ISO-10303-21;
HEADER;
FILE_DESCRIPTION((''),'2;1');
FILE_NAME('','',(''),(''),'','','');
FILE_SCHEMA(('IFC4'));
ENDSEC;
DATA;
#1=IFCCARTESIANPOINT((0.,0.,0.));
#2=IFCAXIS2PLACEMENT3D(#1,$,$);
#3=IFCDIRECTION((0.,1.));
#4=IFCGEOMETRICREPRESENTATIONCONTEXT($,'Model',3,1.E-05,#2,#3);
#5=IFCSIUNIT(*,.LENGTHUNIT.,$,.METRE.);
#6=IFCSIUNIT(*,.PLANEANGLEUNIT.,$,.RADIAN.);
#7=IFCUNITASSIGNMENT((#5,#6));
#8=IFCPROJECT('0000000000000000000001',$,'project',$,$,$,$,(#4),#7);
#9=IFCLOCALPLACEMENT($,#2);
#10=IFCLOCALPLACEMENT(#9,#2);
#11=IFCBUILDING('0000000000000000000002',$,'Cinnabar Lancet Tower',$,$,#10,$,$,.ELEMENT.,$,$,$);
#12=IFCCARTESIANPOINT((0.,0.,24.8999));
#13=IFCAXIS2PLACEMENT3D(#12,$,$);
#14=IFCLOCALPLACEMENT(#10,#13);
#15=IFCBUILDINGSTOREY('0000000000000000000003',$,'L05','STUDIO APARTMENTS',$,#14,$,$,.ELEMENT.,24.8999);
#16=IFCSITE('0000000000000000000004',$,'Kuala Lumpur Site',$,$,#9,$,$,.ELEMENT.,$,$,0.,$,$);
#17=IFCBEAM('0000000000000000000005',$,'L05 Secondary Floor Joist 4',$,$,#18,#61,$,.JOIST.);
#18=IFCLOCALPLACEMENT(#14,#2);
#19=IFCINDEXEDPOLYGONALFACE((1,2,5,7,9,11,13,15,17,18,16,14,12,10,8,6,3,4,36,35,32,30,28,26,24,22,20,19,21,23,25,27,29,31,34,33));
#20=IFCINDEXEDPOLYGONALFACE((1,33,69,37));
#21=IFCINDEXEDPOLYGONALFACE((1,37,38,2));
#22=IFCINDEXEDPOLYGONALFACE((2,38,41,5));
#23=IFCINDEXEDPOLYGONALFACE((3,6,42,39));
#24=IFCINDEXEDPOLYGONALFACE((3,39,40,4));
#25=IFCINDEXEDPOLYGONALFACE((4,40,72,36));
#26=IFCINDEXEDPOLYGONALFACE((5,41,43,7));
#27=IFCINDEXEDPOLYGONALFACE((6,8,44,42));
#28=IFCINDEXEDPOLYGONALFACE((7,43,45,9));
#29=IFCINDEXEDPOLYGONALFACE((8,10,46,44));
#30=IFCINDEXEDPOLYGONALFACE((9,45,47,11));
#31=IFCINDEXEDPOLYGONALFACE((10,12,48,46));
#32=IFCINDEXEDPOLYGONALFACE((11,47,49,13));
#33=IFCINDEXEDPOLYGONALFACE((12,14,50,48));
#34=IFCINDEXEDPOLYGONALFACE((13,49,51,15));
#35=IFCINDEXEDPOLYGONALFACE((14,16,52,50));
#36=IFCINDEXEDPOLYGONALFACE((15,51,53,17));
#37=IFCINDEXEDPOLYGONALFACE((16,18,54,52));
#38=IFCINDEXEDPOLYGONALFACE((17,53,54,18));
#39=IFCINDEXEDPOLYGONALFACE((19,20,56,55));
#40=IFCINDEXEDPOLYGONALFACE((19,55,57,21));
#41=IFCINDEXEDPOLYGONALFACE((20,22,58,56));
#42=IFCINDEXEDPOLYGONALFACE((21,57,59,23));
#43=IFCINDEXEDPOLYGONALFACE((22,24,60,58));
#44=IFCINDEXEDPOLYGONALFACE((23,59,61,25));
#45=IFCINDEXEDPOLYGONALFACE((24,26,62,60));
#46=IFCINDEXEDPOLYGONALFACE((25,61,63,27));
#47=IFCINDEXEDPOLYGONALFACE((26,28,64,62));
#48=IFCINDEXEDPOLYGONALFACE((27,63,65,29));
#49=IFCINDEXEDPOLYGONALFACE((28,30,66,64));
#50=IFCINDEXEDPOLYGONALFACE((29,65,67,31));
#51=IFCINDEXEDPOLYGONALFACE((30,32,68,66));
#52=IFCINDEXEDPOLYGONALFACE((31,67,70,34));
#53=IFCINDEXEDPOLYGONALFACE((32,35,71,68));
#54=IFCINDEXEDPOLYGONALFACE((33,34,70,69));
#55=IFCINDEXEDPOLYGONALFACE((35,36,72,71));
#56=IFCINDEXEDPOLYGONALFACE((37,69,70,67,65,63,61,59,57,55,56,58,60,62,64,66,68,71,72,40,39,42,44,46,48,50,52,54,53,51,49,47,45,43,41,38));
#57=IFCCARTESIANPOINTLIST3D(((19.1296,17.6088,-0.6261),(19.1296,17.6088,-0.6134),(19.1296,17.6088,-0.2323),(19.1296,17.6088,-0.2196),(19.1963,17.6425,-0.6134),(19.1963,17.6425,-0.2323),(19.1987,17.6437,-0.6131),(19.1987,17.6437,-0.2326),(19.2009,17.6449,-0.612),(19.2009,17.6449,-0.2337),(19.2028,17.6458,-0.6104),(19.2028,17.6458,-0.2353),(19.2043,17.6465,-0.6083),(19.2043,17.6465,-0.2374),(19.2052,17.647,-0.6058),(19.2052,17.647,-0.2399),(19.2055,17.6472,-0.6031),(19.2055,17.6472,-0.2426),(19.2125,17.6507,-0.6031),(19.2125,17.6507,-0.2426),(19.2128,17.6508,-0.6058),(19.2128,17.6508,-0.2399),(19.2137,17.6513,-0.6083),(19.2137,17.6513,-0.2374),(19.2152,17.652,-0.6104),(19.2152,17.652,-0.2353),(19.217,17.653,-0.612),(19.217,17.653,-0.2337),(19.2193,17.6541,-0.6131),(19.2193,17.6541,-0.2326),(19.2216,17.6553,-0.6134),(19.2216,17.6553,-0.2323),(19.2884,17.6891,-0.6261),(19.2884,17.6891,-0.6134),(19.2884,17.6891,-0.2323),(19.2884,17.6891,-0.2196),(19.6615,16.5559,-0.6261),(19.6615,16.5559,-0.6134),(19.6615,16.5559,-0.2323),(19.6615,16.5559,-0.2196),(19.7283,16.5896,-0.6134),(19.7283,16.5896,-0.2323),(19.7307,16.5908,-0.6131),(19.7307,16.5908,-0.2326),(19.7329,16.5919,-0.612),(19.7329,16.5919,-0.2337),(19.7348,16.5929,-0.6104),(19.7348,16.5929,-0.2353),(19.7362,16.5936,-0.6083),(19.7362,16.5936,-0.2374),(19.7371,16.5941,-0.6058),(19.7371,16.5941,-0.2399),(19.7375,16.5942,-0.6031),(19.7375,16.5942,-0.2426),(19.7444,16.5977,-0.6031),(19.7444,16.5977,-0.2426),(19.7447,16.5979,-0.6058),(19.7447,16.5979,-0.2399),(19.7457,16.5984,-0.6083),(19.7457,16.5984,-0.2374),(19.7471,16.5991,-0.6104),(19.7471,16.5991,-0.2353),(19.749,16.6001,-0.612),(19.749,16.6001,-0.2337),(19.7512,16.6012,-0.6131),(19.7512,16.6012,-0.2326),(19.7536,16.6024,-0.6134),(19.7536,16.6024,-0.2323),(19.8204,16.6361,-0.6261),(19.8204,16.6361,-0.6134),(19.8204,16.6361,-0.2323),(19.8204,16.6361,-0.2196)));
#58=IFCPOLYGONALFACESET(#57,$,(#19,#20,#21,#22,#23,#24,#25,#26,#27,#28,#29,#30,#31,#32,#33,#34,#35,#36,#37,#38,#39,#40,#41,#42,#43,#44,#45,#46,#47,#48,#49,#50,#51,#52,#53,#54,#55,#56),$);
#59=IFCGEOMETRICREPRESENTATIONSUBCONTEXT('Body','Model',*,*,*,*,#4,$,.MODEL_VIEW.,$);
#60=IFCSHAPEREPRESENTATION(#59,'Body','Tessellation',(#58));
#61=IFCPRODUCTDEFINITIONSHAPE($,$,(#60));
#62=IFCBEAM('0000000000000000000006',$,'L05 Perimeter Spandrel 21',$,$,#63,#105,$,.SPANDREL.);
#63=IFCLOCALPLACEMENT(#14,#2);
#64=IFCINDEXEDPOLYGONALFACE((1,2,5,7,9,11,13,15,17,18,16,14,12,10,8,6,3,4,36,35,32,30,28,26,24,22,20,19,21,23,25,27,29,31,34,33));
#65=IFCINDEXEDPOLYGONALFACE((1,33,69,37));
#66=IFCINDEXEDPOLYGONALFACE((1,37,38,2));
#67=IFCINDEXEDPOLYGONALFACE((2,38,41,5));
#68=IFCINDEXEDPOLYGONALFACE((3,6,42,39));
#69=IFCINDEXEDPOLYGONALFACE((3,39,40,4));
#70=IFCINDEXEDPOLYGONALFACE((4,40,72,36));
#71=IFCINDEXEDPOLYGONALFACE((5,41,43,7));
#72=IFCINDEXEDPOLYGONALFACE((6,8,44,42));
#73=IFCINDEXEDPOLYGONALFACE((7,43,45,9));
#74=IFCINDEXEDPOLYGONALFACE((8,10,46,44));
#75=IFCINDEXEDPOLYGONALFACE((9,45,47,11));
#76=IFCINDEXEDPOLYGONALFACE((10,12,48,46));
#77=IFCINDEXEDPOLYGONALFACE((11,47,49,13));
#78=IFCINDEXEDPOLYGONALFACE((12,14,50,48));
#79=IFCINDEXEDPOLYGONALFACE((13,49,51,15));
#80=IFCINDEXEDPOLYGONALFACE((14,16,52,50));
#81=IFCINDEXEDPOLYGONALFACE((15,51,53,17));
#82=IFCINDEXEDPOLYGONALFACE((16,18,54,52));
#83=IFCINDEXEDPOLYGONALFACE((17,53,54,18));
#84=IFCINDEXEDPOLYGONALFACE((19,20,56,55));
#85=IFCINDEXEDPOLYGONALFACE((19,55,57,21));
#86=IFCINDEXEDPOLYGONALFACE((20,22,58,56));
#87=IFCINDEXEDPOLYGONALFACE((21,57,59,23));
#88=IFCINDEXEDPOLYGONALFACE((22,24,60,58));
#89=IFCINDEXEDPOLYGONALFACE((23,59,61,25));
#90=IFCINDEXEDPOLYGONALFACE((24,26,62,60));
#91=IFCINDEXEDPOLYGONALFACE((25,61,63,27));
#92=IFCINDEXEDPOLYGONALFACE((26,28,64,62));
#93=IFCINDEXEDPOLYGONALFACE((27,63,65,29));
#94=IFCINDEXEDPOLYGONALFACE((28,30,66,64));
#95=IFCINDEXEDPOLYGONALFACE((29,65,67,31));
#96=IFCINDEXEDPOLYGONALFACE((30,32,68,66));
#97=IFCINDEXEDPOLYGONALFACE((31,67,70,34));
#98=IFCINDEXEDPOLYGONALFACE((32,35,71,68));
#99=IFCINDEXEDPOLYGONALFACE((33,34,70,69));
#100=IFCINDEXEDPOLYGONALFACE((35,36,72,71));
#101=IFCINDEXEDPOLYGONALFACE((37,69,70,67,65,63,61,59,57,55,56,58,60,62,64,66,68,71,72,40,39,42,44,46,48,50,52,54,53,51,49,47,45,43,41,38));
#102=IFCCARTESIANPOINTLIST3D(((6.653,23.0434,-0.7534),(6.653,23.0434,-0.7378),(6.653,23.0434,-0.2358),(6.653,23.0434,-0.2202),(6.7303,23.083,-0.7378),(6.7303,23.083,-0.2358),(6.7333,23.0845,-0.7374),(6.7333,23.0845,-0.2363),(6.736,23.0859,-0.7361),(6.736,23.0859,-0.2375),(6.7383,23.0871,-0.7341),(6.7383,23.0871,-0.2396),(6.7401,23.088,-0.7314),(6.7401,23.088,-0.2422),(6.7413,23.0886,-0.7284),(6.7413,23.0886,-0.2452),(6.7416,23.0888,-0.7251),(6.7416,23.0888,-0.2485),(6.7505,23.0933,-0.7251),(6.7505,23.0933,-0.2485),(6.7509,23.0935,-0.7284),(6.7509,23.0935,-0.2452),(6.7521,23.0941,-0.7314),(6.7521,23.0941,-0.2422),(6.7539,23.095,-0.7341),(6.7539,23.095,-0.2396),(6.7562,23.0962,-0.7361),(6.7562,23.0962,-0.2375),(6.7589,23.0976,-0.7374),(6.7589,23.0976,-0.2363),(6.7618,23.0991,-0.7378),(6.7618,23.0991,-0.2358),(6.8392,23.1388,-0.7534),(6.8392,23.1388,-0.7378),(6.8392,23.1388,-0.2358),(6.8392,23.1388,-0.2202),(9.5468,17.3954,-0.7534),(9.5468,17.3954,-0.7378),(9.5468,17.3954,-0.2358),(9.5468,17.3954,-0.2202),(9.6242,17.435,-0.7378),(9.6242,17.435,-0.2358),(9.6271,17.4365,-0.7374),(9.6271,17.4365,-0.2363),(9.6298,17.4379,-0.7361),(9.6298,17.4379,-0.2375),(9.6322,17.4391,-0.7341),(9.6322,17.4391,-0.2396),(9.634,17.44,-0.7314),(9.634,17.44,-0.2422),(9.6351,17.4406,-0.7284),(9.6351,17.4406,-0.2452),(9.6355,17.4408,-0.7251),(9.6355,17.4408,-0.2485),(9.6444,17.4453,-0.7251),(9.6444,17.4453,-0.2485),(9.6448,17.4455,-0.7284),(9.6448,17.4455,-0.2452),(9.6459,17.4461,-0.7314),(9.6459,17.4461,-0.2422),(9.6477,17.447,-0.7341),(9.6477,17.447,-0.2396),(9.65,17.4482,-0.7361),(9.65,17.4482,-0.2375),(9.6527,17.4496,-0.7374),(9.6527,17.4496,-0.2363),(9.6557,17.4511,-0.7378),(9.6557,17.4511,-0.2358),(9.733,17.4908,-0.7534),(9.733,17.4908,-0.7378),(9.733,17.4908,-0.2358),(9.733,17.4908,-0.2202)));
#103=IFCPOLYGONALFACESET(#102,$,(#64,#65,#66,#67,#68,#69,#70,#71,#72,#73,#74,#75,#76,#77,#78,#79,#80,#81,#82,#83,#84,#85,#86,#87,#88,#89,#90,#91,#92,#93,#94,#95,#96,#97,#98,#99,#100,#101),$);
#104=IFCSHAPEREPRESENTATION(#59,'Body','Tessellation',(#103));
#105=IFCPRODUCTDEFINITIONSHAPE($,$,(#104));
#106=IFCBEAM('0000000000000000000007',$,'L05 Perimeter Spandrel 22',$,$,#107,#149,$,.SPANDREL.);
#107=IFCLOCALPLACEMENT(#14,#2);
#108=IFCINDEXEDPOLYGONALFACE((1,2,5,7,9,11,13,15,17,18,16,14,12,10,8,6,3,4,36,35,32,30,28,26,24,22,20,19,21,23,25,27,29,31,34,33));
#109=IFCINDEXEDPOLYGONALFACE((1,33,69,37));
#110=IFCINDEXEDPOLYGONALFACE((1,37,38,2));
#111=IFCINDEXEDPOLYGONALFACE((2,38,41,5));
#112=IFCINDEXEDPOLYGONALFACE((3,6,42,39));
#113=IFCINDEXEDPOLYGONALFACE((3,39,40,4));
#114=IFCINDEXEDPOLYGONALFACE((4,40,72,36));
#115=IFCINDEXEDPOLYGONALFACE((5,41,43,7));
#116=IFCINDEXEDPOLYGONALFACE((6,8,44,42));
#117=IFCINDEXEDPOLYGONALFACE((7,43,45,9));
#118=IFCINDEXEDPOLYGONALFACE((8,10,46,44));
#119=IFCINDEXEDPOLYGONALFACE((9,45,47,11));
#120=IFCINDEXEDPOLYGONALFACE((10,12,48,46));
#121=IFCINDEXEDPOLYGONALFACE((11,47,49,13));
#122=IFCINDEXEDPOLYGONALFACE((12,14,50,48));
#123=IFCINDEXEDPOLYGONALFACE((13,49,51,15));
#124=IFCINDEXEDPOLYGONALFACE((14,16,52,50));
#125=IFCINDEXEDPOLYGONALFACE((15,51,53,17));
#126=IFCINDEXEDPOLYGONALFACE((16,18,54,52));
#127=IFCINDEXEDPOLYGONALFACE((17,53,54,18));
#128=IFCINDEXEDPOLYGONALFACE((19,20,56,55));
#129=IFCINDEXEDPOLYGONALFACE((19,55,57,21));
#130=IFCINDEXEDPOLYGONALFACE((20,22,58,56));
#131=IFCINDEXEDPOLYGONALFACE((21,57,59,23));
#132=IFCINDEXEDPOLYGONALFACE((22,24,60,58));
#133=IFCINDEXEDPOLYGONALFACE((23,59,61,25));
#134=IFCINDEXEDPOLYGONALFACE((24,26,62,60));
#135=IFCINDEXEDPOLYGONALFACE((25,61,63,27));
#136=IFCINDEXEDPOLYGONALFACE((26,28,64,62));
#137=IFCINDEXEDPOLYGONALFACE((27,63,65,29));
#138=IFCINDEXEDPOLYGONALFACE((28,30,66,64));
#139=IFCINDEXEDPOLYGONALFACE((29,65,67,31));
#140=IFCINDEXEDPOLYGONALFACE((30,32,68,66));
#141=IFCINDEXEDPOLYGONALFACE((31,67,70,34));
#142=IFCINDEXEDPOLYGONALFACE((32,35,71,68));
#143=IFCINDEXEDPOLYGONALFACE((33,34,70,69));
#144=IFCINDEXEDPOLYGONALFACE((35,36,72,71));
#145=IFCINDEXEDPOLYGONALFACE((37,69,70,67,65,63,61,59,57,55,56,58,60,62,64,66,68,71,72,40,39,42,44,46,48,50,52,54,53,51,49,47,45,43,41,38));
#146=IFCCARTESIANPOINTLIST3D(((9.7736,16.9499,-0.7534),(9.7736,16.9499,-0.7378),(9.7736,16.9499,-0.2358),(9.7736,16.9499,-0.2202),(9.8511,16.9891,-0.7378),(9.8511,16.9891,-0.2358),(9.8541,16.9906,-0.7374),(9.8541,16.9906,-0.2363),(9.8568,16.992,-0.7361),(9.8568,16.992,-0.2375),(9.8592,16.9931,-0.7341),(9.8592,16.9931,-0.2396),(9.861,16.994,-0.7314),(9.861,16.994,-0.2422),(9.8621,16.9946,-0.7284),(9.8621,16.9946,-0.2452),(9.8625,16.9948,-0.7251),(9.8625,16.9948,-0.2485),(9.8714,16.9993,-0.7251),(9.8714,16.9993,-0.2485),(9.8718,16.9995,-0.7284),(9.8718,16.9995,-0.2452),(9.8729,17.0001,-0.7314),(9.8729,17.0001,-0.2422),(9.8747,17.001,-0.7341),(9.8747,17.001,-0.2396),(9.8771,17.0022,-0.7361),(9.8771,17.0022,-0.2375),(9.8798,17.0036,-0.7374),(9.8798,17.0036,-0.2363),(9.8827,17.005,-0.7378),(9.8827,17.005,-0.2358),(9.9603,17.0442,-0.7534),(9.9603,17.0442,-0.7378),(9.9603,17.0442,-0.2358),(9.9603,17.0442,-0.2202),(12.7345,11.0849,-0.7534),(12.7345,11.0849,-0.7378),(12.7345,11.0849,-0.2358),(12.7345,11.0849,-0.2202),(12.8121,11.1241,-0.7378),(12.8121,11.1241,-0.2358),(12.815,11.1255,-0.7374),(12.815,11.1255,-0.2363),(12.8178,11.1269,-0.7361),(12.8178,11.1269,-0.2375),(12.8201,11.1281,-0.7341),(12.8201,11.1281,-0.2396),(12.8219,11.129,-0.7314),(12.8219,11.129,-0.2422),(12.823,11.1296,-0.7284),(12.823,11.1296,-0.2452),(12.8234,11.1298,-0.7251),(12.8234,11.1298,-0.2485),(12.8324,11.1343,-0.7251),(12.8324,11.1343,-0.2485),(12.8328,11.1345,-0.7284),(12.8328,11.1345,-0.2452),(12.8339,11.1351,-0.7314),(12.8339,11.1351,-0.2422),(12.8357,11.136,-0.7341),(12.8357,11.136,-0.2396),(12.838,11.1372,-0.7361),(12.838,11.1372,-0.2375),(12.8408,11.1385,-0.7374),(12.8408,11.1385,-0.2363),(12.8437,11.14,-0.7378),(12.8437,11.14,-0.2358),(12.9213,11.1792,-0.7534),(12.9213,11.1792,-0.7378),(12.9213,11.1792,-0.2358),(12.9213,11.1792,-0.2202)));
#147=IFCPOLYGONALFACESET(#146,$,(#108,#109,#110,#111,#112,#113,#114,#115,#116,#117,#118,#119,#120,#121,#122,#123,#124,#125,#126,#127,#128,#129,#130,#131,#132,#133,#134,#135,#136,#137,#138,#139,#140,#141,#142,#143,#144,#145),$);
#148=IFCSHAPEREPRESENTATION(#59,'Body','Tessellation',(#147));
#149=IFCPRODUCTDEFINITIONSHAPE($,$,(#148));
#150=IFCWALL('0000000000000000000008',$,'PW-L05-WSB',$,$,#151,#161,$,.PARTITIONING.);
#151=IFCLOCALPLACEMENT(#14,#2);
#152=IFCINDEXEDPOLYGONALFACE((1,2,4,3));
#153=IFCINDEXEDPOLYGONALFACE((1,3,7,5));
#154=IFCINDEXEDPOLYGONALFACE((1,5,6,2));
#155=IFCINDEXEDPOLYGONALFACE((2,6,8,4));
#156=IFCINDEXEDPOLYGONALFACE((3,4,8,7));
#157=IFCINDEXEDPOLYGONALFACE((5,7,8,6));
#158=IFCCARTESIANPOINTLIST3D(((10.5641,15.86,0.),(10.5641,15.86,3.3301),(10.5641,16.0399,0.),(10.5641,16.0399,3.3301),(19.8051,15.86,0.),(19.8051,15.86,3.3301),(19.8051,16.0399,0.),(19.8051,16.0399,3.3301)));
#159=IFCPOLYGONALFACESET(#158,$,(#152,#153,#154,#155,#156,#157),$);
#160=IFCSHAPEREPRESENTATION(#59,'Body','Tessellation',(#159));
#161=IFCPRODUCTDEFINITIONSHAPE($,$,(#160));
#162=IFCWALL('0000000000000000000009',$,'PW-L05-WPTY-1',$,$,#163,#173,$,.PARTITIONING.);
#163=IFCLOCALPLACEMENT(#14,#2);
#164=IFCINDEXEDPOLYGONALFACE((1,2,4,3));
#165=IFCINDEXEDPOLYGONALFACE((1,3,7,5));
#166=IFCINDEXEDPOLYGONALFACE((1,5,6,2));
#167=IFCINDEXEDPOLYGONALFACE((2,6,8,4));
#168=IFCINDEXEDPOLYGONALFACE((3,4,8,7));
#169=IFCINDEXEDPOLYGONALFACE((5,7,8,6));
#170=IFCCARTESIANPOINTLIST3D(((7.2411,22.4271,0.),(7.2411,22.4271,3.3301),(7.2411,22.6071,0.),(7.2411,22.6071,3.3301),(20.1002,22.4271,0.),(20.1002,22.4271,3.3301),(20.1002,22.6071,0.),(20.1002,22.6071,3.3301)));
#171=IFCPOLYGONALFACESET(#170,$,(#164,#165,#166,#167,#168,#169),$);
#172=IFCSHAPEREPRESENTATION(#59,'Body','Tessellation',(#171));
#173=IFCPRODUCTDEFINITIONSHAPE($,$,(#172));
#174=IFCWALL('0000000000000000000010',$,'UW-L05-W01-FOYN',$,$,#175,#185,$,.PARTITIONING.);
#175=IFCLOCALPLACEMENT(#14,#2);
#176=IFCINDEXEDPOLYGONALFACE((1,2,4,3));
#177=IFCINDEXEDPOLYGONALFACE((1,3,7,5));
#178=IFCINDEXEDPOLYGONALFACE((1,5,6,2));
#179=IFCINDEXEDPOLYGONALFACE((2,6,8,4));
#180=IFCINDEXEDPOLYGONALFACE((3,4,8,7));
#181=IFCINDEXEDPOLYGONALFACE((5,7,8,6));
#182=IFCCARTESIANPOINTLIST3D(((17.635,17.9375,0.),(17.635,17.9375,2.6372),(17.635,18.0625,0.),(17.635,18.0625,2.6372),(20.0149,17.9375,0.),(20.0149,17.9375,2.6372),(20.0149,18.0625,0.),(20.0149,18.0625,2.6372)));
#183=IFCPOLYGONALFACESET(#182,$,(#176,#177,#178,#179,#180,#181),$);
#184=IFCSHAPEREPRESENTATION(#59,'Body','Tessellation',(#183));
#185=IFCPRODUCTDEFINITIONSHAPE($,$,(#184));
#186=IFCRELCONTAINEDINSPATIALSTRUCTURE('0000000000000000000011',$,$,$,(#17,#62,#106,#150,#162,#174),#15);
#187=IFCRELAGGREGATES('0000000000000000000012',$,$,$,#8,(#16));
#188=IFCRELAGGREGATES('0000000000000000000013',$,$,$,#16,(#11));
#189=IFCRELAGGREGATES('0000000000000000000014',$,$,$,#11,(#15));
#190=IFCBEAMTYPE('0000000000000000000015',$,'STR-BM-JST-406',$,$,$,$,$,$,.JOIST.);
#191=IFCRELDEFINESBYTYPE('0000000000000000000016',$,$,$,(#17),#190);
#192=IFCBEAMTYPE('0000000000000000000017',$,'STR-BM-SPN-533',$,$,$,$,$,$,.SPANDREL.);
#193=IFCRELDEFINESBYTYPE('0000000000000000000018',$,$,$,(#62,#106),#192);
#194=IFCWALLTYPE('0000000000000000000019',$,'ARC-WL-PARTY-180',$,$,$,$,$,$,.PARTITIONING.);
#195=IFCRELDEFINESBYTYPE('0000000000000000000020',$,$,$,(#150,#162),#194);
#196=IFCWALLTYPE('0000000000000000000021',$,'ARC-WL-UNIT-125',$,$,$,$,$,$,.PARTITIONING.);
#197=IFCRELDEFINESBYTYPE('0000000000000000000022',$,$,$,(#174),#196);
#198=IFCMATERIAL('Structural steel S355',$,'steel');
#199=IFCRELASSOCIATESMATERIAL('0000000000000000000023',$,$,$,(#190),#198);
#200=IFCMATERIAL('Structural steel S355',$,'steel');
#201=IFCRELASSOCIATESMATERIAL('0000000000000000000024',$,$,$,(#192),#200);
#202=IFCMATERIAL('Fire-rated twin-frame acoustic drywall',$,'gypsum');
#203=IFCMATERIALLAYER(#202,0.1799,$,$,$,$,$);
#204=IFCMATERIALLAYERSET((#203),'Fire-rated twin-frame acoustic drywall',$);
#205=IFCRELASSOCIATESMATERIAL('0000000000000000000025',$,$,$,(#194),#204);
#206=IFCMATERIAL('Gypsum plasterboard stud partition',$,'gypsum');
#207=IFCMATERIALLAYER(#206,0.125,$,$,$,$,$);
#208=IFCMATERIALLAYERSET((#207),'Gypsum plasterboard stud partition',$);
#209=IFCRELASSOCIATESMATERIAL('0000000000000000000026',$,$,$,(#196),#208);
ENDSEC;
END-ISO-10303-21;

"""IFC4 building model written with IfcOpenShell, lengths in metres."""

from ifc_helpers import new_model, si_unit, direction, frame, frame_2d, origin, origin_2d, place, context, subcontext, project, spatial, rectangle, i_section, extrude, material, layer, layer_set, material_profile, profile_set, type_object, element, save


model = new_model("IFC4")

# Units and contexts
model_context = context("Model", 3, precision=1e-05, world=origin(), true_north=direction((0.0, 1.0)))
body_context = subcontext(model_context, "Body", "Model", "MODEL_VIEW")
ifc_project = project(units=[si_unit("LENGTHUNIT", "METRE"), si_unit("PLANEANGLEUNIT", "RADIAN")], contexts=[model_context])

# Site, building, storey
site_placement = place(None, origin())
site = spatial("IfcSite", under=ifc_project, at=site_placement, Name="Kuala Lumpur Site", CompositionType="ELEMENT", RefElevation=0.0)
building_placement = place(site_placement, origin())
building = spatial("IfcBuilding", under=site, at=building_placement, Name="Cinnabar Lancet Tower", CompositionType="ELEMENT")
storey_placement = place(building_placement, frame((0.0, 0.0, 24.8999)))
storey = spatial("IfcBuildingStorey", under=building, at=storey_placement, Name="L05", Description="STUDIO APARTMENTS", CompositionType="ELEMENT", Elevation=24.8999)

# Beams
ifc_material_1 = material(Name="Structural steel S355", Category="steel")
ifc_material_profile_1 = material_profile(ifc_material_1, i_section(OverallWidth=0.178, OverallDepth=0.4065, WebThickness=0.0078, FlangeThickness=0.0127, FilletRadius=0.0103, at=origin_2d()), Name="UKB 406x178x60")
ifc_profile_set_1 = profile_set([ifc_material_profile_1], Name="Structural steel S355")
beam_type_1 = type_object("IfcBeamType", Name="STR-BM-JST-406", PredefinedType="JOIST", material=ifc_profile_set_1)
beam_1_placement = place(storey_placement, frame((19.209, 17.6489, -0.4229), z_axis=(0.450935, -0.892557, 0.0), x_axis=(0.892557, 0.450935, 0.0)))
element("IfcBeam", 1, at=beam_1_placement, inside=storey, type_object=beam_type_1, Name="L05 Secondary Floor Joist 4", PredefinedType="JOIST", context=body_context, shape_type="SweptSolid", body=[
    extrude(i_section(OverallWidth=0.178, OverallDepth=0.4065, WebThickness=0.0078, FlangeThickness=0.0127, FilletRadius=0.0103, at=origin_2d()), origin(), (0.0, 0.0, 1.0), 1.1797),
])
ifc_material_2 = material(Name="Structural steel S355", Category="steel")
ifc_material_profile_2 = material_profile(ifc_material_2, i_section(OverallWidth=0.2092, OverallDepth=0.5332, WebThickness=0.01, FlangeThickness=0.0156, FilletRadius=0.0127, at=origin_2d()), Name="UKB 533x210x92")
ifc_profile_set_2 = profile_set([ifc_material_profile_2], Name="Structural steel S355")
beam_type_2 = type_object("IfcBeamType", Name="STR-BM-SPN-533", PredefinedType="SPANDREL", material=ifc_profile_set_2)
beam_2_placement = place(storey_placement, frame((6.7461, 23.0911, -0.4868), z_axis=(0.455994, -0.889983, 0.0), x_axis=(0.889983, 0.455994, 0.0)))
element("IfcBeam", 2, at=beam_2_placement, inside=storey, type_object=beam_type_2, Name="L05 Perimeter Spandrel 21", PredefinedType="SPANDREL", context=body_context, shape_type="SweptSolid", body=[
    extrude(i_section(OverallWidth=0.2092, OverallDepth=0.5332, WebThickness=0.01, FlangeThickness=0.0156, FilletRadius=0.0127, at=origin_2d()), origin(), (0.0, 0.0, 1.0), 6.3462),
])
beam_3_placement = place(storey_placement, frame((9.8669, 16.9971, -0.4868), z_axis=(0.450674, -0.892689, 0.0), x_axis=(0.892689, 0.450674, 0.0)))
element("IfcBeam", 3, at=beam_3_placement, inside=storey, type_object=beam_type_2, Name="L05 Perimeter Spandrel 22", PredefinedType="SPANDREL", context=body_context, shape_type="SweptSolid", body=[
    extrude(i_section(OverallWidth=0.2092, OverallDepth=0.5332, WebThickness=0.01, FlangeThickness=0.0156, FilletRadius=0.0127, at=origin_2d()), origin(), (0.0, 0.0, 1.0), 6.5701),
])

# Walls
ifc_material_3 = material(Name="Fire-rated twin-frame acoustic drywall", Category="gypsum")
ifc_layer_1 = layer(ifc_material_3, 0.1799)
ifc_layer_set_1 = layer_set([ifc_layer_1], Name="Fire-rated twin-frame acoustic drywall")
wall_type_1 = type_object("IfcWallType", Name="ARC-WL-PARTY-180", PredefinedType="PARTITIONING", material=ifc_layer_set_1)
wall_1_placement = place(storey_placement, frame((10.564, 15.95, 0.0), z_axis=(0.0, 0.0, 1.0), x_axis=(1.0, 0.0, 0.0)))
element("IfcWall", 4, at=wall_1_placement, inside=storey, type_object=wall_type_1, Name="PW-L05-WSB", PredefinedType="PARTITIONING", context=body_context, shape_type="SweptSolid", body=[
    extrude(rectangle(XDim=9.241, YDim=0.1799, at=frame_2d((4.6206, 0.0))), origin(), (0.0, 0.0, 1.0), 3.3301),
])
wall_2_placement = place(storey_placement, frame((7.241, 22.5171, 0.0), z_axis=(0.0, 0.0, 1.0), x_axis=(1.0, 0.0, 0.0)))
element("IfcWall", 5, at=wall_2_placement, inside=storey, type_object=wall_type_1, Name="PW-L05-WPTY-1", PredefinedType="PARTITIONING", context=body_context, shape_type="SweptSolid", body=[
    extrude(rectangle(XDim=12.8591, YDim=0.1799, at=frame_2d((6.4297, 0.0))), origin(), (0.0, 0.0, 1.0), 3.3301),
])
ifc_material_4 = material(Name="Gypsum plasterboard stud partition", Category="gypsum")
ifc_layer_2 = layer(ifc_material_4, 0.125)
ifc_layer_set_2 = layer_set([ifc_layer_2], Name="Gypsum plasterboard stud partition")
wall_type_2 = type_object("IfcWallType", Name="ARC-WL-UNIT-125", PredefinedType="PARTITIONING", material=ifc_layer_set_2)
wall_3_placement = place(storey_placement, frame((17.635, 18.0, 0.0), z_axis=(0.0, 0.0, 1.0), x_axis=(1.0, 0.0, 0.0)))
element("IfcWall", 6, at=wall_3_placement, inside=storey, type_object=wall_type_2, Name="UW-L05-W01-FOYN", PredefinedType="PARTITIONING", context=body_context, shape_type="SweptSolid", body=[
    extrude(rectangle(XDim=2.3799, YDim=0.125, at=frame_2d((1.1899, 0.0))), origin(), (0.0, 0.0, 1.0), 2.6372),
])

save(model, "model.ifc")
